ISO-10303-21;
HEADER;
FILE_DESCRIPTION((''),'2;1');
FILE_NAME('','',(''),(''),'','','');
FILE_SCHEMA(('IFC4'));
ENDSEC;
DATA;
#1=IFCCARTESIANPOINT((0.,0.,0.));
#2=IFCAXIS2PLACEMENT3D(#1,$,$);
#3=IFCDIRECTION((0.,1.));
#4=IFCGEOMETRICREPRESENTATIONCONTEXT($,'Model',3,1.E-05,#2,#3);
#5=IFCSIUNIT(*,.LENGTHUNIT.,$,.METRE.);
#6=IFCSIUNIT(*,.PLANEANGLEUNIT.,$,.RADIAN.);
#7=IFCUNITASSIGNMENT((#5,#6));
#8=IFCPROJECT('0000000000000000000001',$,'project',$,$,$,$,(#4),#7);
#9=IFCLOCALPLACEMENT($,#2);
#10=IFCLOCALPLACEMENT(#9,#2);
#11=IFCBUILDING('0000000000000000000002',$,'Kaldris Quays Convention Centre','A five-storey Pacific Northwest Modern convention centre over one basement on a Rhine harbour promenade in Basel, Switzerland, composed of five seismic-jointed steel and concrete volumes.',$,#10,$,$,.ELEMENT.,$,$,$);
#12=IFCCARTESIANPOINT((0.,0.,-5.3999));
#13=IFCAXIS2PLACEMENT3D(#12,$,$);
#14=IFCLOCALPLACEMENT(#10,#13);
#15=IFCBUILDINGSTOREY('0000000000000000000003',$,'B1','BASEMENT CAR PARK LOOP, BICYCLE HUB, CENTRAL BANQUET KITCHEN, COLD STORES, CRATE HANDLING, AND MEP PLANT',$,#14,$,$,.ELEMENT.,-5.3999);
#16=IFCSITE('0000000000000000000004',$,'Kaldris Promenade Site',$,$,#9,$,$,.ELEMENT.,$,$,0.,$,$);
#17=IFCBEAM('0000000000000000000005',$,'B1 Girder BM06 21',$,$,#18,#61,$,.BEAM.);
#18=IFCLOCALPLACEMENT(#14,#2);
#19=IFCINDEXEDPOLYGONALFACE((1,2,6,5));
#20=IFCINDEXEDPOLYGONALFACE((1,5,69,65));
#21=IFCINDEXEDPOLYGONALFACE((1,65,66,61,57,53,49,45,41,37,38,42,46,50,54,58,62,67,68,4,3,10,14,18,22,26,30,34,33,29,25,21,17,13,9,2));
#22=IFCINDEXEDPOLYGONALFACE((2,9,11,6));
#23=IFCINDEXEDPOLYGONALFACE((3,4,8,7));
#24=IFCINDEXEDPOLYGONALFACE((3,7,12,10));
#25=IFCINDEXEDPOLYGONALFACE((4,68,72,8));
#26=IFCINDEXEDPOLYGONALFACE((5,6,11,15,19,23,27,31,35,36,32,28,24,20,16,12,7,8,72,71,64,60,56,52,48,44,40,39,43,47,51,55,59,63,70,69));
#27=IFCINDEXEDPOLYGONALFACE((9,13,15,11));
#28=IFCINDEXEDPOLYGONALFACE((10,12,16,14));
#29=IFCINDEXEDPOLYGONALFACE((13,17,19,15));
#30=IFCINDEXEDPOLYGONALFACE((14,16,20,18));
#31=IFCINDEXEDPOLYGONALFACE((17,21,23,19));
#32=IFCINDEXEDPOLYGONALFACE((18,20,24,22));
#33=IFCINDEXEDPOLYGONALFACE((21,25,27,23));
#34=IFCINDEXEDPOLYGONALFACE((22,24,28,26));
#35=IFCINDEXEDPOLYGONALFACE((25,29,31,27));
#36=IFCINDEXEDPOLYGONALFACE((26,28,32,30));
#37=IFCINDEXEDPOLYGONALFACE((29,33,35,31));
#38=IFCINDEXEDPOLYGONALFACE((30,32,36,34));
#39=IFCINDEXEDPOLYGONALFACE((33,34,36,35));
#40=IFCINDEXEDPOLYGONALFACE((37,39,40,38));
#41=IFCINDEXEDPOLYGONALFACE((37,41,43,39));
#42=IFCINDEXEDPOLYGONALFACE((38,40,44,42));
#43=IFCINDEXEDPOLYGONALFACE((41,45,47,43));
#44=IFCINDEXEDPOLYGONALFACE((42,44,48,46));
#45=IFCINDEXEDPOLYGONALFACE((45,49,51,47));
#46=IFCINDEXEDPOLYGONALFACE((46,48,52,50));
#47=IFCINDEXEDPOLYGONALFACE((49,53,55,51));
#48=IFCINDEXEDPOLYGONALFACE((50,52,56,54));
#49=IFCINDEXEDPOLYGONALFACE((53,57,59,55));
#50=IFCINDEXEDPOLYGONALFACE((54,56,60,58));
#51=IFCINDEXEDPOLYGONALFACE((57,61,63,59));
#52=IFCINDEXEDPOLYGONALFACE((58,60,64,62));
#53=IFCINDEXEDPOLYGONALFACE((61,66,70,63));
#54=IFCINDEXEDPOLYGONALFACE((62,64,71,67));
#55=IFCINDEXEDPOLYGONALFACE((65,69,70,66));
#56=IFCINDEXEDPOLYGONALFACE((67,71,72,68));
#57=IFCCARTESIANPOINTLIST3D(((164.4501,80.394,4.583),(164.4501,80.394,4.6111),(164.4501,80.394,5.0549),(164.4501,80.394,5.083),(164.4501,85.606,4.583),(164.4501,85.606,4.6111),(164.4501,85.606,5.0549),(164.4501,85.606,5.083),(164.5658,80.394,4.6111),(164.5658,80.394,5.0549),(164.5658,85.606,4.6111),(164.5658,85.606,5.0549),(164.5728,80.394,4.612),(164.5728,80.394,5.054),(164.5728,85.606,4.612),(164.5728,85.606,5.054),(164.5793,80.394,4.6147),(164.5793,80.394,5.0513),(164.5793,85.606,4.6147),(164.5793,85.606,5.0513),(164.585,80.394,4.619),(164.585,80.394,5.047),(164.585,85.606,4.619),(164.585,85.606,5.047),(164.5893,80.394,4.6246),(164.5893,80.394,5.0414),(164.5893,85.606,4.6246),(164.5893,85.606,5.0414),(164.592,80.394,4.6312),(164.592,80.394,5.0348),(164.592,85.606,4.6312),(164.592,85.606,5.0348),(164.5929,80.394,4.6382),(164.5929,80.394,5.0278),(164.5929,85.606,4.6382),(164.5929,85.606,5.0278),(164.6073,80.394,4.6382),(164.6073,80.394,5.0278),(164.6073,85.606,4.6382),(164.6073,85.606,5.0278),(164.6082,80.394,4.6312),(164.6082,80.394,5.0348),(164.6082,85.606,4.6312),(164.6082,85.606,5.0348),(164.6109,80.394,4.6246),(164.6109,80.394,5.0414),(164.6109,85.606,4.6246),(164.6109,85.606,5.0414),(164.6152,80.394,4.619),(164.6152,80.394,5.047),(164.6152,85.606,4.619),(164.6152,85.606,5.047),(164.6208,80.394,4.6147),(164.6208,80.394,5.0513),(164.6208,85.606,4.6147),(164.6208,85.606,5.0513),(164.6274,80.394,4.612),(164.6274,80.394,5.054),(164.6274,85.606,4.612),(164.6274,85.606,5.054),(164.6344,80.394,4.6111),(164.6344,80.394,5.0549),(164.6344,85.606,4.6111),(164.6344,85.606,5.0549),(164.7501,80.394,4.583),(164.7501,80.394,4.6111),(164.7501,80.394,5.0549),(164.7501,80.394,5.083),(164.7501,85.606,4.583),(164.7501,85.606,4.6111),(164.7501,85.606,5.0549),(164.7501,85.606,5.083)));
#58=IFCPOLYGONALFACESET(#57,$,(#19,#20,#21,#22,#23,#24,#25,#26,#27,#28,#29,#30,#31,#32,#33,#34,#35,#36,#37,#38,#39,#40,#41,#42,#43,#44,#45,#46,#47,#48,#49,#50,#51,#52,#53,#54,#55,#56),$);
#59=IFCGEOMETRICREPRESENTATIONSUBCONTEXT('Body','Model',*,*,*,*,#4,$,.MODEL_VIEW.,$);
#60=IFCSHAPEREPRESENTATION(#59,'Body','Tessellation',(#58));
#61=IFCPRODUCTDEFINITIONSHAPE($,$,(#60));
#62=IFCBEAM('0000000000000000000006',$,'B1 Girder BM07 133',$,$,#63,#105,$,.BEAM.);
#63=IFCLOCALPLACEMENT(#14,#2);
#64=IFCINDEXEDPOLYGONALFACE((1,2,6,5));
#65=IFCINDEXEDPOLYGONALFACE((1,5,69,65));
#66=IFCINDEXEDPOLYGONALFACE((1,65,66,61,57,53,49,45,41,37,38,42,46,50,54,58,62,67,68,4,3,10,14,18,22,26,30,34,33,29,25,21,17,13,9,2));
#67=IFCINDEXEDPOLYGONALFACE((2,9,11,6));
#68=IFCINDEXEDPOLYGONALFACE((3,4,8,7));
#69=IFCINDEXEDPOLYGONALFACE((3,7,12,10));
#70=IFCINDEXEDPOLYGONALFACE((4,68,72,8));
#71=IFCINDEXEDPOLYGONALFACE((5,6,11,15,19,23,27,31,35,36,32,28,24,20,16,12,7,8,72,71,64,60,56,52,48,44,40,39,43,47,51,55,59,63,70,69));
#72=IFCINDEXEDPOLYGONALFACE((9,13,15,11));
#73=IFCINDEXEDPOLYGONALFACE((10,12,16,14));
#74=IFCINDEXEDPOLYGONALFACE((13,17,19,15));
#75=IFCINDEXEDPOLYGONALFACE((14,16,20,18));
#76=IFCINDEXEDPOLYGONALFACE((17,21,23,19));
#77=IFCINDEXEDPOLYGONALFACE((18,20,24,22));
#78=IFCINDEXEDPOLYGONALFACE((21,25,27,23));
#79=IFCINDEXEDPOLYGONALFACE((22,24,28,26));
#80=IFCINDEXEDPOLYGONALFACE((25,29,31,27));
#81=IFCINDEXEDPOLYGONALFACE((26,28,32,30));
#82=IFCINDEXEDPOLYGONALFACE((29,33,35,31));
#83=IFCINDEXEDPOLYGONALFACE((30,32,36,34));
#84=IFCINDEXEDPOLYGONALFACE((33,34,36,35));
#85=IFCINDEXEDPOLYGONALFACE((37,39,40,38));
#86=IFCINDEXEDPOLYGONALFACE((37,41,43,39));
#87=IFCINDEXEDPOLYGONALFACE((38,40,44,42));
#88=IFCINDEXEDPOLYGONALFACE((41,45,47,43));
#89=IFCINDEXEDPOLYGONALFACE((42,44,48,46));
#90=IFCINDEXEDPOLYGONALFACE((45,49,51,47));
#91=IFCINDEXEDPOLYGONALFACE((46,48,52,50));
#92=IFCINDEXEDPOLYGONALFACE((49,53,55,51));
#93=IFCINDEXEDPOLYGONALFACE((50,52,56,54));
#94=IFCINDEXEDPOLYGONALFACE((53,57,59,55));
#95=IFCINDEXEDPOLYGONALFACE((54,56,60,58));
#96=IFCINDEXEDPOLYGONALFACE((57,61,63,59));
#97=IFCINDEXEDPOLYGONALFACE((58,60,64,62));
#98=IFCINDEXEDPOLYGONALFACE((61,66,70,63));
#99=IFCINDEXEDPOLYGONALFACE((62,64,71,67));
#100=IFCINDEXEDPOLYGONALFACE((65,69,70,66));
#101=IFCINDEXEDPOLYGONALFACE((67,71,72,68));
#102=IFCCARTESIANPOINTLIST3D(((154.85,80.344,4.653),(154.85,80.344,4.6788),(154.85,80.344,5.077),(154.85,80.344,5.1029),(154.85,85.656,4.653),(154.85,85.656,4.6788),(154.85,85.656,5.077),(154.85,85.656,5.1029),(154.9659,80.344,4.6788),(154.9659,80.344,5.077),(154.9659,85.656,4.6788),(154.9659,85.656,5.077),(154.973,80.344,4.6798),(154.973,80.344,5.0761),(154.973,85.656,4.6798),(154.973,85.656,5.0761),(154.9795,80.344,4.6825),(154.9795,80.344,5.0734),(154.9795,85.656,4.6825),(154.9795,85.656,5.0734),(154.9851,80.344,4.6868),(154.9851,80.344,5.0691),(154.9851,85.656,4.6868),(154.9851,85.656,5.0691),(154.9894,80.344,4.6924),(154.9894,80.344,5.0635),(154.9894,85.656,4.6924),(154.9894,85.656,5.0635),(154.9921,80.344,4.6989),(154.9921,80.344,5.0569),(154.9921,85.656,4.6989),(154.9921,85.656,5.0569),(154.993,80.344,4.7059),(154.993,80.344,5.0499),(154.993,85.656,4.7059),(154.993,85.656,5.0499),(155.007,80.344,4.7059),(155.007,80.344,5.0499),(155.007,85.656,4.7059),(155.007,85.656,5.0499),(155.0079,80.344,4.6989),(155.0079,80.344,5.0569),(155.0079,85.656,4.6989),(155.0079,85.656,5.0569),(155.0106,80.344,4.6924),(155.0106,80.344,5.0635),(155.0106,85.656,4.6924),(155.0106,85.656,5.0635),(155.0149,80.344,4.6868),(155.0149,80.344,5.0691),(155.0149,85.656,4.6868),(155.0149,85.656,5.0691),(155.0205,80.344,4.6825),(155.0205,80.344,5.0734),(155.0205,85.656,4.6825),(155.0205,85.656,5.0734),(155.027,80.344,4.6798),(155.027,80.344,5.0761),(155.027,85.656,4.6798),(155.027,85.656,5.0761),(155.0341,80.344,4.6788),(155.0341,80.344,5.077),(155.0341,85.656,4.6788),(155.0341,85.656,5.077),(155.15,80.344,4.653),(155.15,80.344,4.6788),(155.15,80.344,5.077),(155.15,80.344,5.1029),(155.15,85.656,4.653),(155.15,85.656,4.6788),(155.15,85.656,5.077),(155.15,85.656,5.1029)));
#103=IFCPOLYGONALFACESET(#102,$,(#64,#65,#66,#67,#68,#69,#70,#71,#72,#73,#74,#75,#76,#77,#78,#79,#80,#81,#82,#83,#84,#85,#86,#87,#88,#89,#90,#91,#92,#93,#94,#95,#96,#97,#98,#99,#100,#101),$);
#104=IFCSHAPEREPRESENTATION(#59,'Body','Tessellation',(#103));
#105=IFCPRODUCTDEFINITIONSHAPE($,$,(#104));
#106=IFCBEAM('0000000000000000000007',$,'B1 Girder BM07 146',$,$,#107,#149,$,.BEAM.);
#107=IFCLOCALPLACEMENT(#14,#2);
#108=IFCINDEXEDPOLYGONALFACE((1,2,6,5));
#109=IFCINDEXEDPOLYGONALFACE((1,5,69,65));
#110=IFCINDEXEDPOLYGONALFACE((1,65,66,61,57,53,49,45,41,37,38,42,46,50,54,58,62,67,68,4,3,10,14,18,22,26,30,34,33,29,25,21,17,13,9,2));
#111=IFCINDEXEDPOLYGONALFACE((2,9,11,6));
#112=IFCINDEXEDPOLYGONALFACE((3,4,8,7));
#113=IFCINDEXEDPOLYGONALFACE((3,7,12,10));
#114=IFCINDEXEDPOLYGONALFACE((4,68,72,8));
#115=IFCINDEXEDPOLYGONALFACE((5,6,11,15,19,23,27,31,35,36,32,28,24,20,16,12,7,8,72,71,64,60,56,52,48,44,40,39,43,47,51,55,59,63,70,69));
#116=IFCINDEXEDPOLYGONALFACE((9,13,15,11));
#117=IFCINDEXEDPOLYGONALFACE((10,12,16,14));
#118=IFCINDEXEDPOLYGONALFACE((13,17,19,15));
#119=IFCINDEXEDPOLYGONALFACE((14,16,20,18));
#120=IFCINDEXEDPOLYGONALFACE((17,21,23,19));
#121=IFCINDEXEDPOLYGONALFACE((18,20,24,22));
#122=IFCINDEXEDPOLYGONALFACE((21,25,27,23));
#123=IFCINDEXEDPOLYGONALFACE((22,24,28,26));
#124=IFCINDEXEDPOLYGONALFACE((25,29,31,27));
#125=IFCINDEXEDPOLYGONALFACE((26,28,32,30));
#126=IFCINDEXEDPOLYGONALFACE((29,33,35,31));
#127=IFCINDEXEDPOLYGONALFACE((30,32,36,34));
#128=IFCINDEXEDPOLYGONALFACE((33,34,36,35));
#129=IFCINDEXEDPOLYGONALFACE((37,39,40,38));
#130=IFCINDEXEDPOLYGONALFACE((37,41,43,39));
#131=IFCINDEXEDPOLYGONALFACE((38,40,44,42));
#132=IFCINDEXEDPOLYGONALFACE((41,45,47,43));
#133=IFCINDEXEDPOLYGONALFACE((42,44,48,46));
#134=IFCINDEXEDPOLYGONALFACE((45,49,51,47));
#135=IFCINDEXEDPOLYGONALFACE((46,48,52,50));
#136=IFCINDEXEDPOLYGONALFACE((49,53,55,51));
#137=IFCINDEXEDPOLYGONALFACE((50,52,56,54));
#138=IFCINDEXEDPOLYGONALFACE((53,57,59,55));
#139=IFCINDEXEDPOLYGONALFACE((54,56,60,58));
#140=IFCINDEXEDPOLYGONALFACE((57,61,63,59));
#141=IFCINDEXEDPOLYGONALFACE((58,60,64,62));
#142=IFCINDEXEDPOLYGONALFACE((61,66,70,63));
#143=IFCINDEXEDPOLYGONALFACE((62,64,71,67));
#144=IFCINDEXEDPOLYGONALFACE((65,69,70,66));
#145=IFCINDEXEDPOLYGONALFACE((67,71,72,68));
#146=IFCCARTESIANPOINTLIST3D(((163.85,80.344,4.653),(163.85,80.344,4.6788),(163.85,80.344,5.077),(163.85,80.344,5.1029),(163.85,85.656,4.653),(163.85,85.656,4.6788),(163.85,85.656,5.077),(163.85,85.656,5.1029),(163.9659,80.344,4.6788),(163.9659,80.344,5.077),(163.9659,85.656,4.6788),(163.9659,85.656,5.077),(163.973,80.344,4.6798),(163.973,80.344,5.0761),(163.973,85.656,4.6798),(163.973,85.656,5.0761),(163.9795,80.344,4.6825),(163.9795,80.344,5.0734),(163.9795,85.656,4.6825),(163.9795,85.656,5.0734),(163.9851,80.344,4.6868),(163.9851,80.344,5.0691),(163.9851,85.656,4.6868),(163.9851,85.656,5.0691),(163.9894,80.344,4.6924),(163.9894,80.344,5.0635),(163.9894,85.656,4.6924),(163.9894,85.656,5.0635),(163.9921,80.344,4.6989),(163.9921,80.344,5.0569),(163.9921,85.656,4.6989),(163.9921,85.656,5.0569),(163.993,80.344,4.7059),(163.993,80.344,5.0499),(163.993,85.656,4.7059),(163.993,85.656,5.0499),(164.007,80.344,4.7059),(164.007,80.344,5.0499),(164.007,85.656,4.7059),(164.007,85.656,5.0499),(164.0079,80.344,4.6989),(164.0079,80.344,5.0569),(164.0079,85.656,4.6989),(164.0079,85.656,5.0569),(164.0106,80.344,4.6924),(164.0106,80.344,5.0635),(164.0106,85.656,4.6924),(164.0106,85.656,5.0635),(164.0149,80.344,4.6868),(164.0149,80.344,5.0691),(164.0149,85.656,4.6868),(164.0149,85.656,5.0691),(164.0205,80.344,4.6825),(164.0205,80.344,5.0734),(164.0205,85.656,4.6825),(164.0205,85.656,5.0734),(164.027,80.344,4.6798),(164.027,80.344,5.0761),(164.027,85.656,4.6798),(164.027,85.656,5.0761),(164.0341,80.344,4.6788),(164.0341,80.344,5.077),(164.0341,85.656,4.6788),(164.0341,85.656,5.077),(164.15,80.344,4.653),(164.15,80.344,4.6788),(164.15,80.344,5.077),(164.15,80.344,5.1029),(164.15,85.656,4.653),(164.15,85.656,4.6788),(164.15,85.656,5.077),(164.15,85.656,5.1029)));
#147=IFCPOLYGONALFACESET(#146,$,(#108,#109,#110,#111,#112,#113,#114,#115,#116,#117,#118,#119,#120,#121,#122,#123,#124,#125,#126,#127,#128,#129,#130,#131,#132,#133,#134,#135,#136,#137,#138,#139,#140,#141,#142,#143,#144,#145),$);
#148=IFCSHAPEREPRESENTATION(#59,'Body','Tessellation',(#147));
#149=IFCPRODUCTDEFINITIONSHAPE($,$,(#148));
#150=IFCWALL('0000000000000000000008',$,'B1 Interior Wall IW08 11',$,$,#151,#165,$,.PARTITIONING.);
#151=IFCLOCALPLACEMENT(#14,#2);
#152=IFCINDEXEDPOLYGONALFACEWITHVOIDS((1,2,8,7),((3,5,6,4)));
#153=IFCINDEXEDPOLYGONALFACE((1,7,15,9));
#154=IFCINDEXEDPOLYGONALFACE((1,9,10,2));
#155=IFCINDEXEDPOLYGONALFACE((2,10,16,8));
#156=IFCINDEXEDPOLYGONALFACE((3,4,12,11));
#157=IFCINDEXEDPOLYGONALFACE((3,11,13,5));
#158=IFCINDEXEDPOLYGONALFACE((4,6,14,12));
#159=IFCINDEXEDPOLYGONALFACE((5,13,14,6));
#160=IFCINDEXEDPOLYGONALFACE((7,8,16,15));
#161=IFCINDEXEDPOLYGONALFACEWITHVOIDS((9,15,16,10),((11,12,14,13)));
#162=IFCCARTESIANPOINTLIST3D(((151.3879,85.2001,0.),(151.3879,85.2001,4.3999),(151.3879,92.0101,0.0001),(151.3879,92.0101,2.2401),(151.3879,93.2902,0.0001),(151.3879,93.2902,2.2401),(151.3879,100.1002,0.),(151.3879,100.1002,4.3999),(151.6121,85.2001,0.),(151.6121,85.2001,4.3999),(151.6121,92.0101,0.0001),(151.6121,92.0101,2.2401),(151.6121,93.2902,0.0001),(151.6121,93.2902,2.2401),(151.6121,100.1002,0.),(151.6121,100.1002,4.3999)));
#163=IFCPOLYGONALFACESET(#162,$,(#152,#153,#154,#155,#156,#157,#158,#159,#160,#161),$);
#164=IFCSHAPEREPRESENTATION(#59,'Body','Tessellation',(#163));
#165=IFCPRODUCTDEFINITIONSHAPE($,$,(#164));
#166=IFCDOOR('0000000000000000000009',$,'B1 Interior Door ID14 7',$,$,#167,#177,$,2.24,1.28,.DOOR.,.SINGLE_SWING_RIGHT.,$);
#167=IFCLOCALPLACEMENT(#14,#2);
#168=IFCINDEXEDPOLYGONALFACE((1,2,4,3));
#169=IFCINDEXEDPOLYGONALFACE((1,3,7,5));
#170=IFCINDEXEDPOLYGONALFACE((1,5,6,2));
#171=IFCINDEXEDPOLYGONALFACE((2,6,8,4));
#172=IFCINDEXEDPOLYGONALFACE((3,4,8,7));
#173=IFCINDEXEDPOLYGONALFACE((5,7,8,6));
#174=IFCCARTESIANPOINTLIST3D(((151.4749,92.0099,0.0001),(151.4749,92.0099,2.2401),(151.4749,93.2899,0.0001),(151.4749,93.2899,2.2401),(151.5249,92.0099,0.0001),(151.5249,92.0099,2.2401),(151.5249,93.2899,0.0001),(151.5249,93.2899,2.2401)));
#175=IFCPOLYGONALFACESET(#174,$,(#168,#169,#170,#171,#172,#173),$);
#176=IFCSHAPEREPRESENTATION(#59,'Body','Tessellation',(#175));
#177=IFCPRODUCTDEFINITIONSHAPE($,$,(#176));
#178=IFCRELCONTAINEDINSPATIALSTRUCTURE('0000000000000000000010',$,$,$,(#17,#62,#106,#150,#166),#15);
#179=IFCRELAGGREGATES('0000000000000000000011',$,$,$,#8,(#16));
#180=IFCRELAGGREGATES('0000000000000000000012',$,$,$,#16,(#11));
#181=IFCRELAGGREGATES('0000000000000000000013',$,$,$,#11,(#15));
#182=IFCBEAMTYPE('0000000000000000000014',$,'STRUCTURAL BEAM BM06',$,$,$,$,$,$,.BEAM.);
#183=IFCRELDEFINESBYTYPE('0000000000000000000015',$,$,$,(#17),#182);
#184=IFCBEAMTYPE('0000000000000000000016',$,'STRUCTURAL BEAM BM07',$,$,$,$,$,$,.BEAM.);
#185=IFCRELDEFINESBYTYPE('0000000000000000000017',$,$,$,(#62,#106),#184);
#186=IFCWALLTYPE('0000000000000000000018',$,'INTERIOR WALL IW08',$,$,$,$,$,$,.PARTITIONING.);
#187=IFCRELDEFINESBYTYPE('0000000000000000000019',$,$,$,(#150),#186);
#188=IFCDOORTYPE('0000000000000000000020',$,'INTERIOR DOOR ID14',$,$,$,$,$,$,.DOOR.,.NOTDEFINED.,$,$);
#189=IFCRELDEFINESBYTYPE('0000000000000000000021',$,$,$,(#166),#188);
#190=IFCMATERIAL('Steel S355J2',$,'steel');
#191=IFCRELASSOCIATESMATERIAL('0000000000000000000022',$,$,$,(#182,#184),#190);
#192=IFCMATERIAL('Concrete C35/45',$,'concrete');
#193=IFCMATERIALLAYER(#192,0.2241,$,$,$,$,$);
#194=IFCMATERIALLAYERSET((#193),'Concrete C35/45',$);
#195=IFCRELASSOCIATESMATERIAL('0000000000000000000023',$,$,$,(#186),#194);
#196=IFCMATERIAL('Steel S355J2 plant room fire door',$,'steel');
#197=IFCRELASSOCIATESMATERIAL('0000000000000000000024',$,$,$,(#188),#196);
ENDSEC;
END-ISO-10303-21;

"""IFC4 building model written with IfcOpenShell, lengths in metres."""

from ifc_helpers import new_model, si_unit, direction, frame, frame_2d, origin, origin_2d, place, context, subcontext, project, spatial, rectangle, i_section, extrude, material, layer, layer_set, material_profile, profile_set, type_object, element, fill, save


model = new_model("IFC4")

# Units and contexts
model_context = context("Model", 3, precision=1e-05, world=origin(), true_north=direction((0.0, 1.0)))
body_context = subcontext(model_context, "Body", "Model", "MODEL_VIEW")
ifc_project = project(units=[si_unit("LENGTHUNIT", "METRE"), si_unit("PLANEANGLEUNIT", "RADIAN")], contexts=[model_context])

# Site, building, storey
site_placement = place(None, origin())
site = spatial("IfcSite", under=ifc_project, at=site_placement, Name="Kaldris Promenade Site", CompositionType="ELEMENT", RefElevation=0.0)
building_placement = place(site_placement, origin())
building = spatial("IfcBuilding", under=site, at=building_placement, Name="Kaldris Quays Convention Centre", Description="A five-storey Pacific Northwest Modern convention centre over one basement on a Rhine harbour promenade in Basel, Switzerland, composed of five seismic-jointed steel and concrete volumes.", CompositionType="ELEMENT")
storey_placement = place(building_placement, frame((0.0, 0.0, -5.3999)))
storey = spatial("IfcBuildingStorey", under=building, at=storey_placement, Name="B1", Description="BASEMENT CAR PARK LOOP, BICYCLE HUB, CENTRAL BANQUET KITCHEN, COLD STORES, CRATE HANDLING, AND MEP PLANT", CompositionType="ELEMENT", Elevation=-5.3999)

# Shared definitions
ifc_material_1 = material(Name="Concrete C35/45", Category="concrete")

# Shared definitions
ifc_material_2 = material(Name="Steel S355J2", Category="steel")

# Beams
ifc_material_profile_1 = material_profile(ifc_material_2, i_section(OverallWidth=0.3, OverallDepth=0.5, WebThickness=0.0144, FlangeThickness=0.0281, FilletRadius=0.0271, at=origin_2d()), Name="HEB 500")
ifc_profile_set_1 = profile_set([ifc_material_profile_1], Name="Steel S355J2")
beam_type_1 = type_object("IfcBeamType", Name="STRUCTURAL BEAM BM06", PredefinedType="BEAM", material=ifc_profile_set_1)
beam_placement = place(storey_placement, frame((164.6001, 80.394, 4.833), z_axis=(0.0, 1.0, 0.0), x_axis=(-1.0, 0.0, 0.0)))
element("IfcBeam", 1, at=beam_placement, inside=storey, type_object=beam_type_1, Name="B1 Girder BM06 21", PredefinedType="BEAM", context=body_context, shape_type="SweptSolid", body=[
    extrude(i_section(OverallWidth=0.3, OverallDepth=0.5, WebThickness=0.0144, FlangeThickness=0.0281, FilletRadius=0.0271, at=origin_2d()), origin(), (0.0, 0.0, 1.0), 5.2119),
])
ifc_material_profile_2 = material_profile(ifc_material_2, i_section(OverallWidth=0.3, OverallDepth=0.45, WebThickness=0.0139, FlangeThickness=0.0259, FilletRadius=0.0271, at=origin_2d()), Name="HEB 450")
ifc_profile_set_2 = profile_set([ifc_material_profile_2], Name="Steel S355J2")
beam_type_2 = type_object("IfcBeamType", Name="STRUCTURAL BEAM BM07", PredefinedType="BEAM", material=ifc_profile_set_2)
for number, where, z_axis, x_axis, name in (
    (2, (155.0, 80.344, 4.8779), (0.0, 1.0, 0.0), (-1.0, 0.0, 0.0), "B1 Girder BM07 133"),
    (3, (164.0, 80.344, 4.8779), (0.0, 1.0, 0.0), (-1.0, 0.0, 0.0), "B1 Girder BM07 146"),
):
    element("IfcBeam", number, at=place(storey_placement, frame(where, z_axis=z_axis, x_axis=x_axis)), inside=storey, type_object=beam_type_2, Name=name, PredefinedType="BEAM", context=body_context, shape_type="SweptSolid", body=[
        extrude(i_section(OverallWidth=0.3, OverallDepth=0.45, WebThickness=0.0139, FlangeThickness=0.0259, FilletRadius=0.0271, at=origin_2d()), origin(), (0.0, 0.0, 1.0), 5.312),
    ])

# Wall, opening, door
ifc_layer = layer(ifc_material_1, 0.2241)
ifc_layer_set = layer_set([ifc_layer], Name="Concrete C35/45")
wall_type = type_object("IfcWallType", Name="INTERIOR WALL IW08", PredefinedType="PARTITIONING", material=ifc_layer_set)
wall_placement = place(storey_placement, frame((151.5, 85.2, 0.0), z_axis=(0.0, 0.0, 1.0), x_axis=(0.0, 1.0, 0.0)))
wall = element("IfcWall", 4, at=wall_placement, inside=storey, type_object=wall_type, Name="B1 Interior Wall IW08 11", PredefinedType="PARTITIONING", context=body_context, shape_type="SweptSolid", body=[
    extrude(rectangle(XDim=14.9001, YDim=0.2241, at=frame_2d((7.4502, 0.0))), origin(), (0.0, 0.0, 1.0), 4.3999),
])
opening_placement = place(wall_placement, frame((6.8101, 0.0, 0.0)))
opening = element("IfcOpeningElement", 5, at=opening_placement, cuts=wall, PredefinedType="OPENING", context=body_context, shape_type="SweptSolid", body=[
    extrude(rectangle(XDim=1.28, YDim=2.24, at=frame_2d((0.6401, 1.1201))), frame((0.0, 0.1221, 0.0), z_axis=(0.0, -1.0, 0.0), x_axis=(1.0, 0.0, 0.0)), (0.0, 0.0, 1.0), 0.2441),
])
ifc_material_3 = material(Name="Steel S355J2 plant room fire door", Category="steel")
door_type = type_object("IfcDoorType", Name="INTERIOR DOOR ID14", OperationType="NOTDEFINED", PredefinedType="DOOR", material=ifc_material_3)
door_placement = place(opening_placement, frame((1.28, 0.0, 0.0), z_axis=(0.0, 0.0, 1.0), x_axis=(-1.0, 0.0, 0.0)))
door = element("IfcDoor", 6, at=door_placement, inside=storey, type_object=door_type, Name="B1 Interior Door ID14 7", OperationType="SINGLE_SWING_RIGHT", OverallHeight=2.24, OverallWidth=1.28, PredefinedType="DOOR", context=body_context, shape_type="SweptSolid", body=[
    extrude(rectangle(XDim=1.28, YDim=2.24, at=frame_2d((0.6401, 1.1201))), frame((0.0, 0.0249, 0.0), z_axis=(0.0, -1.0, 0.0), x_axis=(1.0, 0.0, 0.0)), (0.0, 0.0, 1.0), 0.05),
])
fill(opening, door)

save(model, "model.ifc")
